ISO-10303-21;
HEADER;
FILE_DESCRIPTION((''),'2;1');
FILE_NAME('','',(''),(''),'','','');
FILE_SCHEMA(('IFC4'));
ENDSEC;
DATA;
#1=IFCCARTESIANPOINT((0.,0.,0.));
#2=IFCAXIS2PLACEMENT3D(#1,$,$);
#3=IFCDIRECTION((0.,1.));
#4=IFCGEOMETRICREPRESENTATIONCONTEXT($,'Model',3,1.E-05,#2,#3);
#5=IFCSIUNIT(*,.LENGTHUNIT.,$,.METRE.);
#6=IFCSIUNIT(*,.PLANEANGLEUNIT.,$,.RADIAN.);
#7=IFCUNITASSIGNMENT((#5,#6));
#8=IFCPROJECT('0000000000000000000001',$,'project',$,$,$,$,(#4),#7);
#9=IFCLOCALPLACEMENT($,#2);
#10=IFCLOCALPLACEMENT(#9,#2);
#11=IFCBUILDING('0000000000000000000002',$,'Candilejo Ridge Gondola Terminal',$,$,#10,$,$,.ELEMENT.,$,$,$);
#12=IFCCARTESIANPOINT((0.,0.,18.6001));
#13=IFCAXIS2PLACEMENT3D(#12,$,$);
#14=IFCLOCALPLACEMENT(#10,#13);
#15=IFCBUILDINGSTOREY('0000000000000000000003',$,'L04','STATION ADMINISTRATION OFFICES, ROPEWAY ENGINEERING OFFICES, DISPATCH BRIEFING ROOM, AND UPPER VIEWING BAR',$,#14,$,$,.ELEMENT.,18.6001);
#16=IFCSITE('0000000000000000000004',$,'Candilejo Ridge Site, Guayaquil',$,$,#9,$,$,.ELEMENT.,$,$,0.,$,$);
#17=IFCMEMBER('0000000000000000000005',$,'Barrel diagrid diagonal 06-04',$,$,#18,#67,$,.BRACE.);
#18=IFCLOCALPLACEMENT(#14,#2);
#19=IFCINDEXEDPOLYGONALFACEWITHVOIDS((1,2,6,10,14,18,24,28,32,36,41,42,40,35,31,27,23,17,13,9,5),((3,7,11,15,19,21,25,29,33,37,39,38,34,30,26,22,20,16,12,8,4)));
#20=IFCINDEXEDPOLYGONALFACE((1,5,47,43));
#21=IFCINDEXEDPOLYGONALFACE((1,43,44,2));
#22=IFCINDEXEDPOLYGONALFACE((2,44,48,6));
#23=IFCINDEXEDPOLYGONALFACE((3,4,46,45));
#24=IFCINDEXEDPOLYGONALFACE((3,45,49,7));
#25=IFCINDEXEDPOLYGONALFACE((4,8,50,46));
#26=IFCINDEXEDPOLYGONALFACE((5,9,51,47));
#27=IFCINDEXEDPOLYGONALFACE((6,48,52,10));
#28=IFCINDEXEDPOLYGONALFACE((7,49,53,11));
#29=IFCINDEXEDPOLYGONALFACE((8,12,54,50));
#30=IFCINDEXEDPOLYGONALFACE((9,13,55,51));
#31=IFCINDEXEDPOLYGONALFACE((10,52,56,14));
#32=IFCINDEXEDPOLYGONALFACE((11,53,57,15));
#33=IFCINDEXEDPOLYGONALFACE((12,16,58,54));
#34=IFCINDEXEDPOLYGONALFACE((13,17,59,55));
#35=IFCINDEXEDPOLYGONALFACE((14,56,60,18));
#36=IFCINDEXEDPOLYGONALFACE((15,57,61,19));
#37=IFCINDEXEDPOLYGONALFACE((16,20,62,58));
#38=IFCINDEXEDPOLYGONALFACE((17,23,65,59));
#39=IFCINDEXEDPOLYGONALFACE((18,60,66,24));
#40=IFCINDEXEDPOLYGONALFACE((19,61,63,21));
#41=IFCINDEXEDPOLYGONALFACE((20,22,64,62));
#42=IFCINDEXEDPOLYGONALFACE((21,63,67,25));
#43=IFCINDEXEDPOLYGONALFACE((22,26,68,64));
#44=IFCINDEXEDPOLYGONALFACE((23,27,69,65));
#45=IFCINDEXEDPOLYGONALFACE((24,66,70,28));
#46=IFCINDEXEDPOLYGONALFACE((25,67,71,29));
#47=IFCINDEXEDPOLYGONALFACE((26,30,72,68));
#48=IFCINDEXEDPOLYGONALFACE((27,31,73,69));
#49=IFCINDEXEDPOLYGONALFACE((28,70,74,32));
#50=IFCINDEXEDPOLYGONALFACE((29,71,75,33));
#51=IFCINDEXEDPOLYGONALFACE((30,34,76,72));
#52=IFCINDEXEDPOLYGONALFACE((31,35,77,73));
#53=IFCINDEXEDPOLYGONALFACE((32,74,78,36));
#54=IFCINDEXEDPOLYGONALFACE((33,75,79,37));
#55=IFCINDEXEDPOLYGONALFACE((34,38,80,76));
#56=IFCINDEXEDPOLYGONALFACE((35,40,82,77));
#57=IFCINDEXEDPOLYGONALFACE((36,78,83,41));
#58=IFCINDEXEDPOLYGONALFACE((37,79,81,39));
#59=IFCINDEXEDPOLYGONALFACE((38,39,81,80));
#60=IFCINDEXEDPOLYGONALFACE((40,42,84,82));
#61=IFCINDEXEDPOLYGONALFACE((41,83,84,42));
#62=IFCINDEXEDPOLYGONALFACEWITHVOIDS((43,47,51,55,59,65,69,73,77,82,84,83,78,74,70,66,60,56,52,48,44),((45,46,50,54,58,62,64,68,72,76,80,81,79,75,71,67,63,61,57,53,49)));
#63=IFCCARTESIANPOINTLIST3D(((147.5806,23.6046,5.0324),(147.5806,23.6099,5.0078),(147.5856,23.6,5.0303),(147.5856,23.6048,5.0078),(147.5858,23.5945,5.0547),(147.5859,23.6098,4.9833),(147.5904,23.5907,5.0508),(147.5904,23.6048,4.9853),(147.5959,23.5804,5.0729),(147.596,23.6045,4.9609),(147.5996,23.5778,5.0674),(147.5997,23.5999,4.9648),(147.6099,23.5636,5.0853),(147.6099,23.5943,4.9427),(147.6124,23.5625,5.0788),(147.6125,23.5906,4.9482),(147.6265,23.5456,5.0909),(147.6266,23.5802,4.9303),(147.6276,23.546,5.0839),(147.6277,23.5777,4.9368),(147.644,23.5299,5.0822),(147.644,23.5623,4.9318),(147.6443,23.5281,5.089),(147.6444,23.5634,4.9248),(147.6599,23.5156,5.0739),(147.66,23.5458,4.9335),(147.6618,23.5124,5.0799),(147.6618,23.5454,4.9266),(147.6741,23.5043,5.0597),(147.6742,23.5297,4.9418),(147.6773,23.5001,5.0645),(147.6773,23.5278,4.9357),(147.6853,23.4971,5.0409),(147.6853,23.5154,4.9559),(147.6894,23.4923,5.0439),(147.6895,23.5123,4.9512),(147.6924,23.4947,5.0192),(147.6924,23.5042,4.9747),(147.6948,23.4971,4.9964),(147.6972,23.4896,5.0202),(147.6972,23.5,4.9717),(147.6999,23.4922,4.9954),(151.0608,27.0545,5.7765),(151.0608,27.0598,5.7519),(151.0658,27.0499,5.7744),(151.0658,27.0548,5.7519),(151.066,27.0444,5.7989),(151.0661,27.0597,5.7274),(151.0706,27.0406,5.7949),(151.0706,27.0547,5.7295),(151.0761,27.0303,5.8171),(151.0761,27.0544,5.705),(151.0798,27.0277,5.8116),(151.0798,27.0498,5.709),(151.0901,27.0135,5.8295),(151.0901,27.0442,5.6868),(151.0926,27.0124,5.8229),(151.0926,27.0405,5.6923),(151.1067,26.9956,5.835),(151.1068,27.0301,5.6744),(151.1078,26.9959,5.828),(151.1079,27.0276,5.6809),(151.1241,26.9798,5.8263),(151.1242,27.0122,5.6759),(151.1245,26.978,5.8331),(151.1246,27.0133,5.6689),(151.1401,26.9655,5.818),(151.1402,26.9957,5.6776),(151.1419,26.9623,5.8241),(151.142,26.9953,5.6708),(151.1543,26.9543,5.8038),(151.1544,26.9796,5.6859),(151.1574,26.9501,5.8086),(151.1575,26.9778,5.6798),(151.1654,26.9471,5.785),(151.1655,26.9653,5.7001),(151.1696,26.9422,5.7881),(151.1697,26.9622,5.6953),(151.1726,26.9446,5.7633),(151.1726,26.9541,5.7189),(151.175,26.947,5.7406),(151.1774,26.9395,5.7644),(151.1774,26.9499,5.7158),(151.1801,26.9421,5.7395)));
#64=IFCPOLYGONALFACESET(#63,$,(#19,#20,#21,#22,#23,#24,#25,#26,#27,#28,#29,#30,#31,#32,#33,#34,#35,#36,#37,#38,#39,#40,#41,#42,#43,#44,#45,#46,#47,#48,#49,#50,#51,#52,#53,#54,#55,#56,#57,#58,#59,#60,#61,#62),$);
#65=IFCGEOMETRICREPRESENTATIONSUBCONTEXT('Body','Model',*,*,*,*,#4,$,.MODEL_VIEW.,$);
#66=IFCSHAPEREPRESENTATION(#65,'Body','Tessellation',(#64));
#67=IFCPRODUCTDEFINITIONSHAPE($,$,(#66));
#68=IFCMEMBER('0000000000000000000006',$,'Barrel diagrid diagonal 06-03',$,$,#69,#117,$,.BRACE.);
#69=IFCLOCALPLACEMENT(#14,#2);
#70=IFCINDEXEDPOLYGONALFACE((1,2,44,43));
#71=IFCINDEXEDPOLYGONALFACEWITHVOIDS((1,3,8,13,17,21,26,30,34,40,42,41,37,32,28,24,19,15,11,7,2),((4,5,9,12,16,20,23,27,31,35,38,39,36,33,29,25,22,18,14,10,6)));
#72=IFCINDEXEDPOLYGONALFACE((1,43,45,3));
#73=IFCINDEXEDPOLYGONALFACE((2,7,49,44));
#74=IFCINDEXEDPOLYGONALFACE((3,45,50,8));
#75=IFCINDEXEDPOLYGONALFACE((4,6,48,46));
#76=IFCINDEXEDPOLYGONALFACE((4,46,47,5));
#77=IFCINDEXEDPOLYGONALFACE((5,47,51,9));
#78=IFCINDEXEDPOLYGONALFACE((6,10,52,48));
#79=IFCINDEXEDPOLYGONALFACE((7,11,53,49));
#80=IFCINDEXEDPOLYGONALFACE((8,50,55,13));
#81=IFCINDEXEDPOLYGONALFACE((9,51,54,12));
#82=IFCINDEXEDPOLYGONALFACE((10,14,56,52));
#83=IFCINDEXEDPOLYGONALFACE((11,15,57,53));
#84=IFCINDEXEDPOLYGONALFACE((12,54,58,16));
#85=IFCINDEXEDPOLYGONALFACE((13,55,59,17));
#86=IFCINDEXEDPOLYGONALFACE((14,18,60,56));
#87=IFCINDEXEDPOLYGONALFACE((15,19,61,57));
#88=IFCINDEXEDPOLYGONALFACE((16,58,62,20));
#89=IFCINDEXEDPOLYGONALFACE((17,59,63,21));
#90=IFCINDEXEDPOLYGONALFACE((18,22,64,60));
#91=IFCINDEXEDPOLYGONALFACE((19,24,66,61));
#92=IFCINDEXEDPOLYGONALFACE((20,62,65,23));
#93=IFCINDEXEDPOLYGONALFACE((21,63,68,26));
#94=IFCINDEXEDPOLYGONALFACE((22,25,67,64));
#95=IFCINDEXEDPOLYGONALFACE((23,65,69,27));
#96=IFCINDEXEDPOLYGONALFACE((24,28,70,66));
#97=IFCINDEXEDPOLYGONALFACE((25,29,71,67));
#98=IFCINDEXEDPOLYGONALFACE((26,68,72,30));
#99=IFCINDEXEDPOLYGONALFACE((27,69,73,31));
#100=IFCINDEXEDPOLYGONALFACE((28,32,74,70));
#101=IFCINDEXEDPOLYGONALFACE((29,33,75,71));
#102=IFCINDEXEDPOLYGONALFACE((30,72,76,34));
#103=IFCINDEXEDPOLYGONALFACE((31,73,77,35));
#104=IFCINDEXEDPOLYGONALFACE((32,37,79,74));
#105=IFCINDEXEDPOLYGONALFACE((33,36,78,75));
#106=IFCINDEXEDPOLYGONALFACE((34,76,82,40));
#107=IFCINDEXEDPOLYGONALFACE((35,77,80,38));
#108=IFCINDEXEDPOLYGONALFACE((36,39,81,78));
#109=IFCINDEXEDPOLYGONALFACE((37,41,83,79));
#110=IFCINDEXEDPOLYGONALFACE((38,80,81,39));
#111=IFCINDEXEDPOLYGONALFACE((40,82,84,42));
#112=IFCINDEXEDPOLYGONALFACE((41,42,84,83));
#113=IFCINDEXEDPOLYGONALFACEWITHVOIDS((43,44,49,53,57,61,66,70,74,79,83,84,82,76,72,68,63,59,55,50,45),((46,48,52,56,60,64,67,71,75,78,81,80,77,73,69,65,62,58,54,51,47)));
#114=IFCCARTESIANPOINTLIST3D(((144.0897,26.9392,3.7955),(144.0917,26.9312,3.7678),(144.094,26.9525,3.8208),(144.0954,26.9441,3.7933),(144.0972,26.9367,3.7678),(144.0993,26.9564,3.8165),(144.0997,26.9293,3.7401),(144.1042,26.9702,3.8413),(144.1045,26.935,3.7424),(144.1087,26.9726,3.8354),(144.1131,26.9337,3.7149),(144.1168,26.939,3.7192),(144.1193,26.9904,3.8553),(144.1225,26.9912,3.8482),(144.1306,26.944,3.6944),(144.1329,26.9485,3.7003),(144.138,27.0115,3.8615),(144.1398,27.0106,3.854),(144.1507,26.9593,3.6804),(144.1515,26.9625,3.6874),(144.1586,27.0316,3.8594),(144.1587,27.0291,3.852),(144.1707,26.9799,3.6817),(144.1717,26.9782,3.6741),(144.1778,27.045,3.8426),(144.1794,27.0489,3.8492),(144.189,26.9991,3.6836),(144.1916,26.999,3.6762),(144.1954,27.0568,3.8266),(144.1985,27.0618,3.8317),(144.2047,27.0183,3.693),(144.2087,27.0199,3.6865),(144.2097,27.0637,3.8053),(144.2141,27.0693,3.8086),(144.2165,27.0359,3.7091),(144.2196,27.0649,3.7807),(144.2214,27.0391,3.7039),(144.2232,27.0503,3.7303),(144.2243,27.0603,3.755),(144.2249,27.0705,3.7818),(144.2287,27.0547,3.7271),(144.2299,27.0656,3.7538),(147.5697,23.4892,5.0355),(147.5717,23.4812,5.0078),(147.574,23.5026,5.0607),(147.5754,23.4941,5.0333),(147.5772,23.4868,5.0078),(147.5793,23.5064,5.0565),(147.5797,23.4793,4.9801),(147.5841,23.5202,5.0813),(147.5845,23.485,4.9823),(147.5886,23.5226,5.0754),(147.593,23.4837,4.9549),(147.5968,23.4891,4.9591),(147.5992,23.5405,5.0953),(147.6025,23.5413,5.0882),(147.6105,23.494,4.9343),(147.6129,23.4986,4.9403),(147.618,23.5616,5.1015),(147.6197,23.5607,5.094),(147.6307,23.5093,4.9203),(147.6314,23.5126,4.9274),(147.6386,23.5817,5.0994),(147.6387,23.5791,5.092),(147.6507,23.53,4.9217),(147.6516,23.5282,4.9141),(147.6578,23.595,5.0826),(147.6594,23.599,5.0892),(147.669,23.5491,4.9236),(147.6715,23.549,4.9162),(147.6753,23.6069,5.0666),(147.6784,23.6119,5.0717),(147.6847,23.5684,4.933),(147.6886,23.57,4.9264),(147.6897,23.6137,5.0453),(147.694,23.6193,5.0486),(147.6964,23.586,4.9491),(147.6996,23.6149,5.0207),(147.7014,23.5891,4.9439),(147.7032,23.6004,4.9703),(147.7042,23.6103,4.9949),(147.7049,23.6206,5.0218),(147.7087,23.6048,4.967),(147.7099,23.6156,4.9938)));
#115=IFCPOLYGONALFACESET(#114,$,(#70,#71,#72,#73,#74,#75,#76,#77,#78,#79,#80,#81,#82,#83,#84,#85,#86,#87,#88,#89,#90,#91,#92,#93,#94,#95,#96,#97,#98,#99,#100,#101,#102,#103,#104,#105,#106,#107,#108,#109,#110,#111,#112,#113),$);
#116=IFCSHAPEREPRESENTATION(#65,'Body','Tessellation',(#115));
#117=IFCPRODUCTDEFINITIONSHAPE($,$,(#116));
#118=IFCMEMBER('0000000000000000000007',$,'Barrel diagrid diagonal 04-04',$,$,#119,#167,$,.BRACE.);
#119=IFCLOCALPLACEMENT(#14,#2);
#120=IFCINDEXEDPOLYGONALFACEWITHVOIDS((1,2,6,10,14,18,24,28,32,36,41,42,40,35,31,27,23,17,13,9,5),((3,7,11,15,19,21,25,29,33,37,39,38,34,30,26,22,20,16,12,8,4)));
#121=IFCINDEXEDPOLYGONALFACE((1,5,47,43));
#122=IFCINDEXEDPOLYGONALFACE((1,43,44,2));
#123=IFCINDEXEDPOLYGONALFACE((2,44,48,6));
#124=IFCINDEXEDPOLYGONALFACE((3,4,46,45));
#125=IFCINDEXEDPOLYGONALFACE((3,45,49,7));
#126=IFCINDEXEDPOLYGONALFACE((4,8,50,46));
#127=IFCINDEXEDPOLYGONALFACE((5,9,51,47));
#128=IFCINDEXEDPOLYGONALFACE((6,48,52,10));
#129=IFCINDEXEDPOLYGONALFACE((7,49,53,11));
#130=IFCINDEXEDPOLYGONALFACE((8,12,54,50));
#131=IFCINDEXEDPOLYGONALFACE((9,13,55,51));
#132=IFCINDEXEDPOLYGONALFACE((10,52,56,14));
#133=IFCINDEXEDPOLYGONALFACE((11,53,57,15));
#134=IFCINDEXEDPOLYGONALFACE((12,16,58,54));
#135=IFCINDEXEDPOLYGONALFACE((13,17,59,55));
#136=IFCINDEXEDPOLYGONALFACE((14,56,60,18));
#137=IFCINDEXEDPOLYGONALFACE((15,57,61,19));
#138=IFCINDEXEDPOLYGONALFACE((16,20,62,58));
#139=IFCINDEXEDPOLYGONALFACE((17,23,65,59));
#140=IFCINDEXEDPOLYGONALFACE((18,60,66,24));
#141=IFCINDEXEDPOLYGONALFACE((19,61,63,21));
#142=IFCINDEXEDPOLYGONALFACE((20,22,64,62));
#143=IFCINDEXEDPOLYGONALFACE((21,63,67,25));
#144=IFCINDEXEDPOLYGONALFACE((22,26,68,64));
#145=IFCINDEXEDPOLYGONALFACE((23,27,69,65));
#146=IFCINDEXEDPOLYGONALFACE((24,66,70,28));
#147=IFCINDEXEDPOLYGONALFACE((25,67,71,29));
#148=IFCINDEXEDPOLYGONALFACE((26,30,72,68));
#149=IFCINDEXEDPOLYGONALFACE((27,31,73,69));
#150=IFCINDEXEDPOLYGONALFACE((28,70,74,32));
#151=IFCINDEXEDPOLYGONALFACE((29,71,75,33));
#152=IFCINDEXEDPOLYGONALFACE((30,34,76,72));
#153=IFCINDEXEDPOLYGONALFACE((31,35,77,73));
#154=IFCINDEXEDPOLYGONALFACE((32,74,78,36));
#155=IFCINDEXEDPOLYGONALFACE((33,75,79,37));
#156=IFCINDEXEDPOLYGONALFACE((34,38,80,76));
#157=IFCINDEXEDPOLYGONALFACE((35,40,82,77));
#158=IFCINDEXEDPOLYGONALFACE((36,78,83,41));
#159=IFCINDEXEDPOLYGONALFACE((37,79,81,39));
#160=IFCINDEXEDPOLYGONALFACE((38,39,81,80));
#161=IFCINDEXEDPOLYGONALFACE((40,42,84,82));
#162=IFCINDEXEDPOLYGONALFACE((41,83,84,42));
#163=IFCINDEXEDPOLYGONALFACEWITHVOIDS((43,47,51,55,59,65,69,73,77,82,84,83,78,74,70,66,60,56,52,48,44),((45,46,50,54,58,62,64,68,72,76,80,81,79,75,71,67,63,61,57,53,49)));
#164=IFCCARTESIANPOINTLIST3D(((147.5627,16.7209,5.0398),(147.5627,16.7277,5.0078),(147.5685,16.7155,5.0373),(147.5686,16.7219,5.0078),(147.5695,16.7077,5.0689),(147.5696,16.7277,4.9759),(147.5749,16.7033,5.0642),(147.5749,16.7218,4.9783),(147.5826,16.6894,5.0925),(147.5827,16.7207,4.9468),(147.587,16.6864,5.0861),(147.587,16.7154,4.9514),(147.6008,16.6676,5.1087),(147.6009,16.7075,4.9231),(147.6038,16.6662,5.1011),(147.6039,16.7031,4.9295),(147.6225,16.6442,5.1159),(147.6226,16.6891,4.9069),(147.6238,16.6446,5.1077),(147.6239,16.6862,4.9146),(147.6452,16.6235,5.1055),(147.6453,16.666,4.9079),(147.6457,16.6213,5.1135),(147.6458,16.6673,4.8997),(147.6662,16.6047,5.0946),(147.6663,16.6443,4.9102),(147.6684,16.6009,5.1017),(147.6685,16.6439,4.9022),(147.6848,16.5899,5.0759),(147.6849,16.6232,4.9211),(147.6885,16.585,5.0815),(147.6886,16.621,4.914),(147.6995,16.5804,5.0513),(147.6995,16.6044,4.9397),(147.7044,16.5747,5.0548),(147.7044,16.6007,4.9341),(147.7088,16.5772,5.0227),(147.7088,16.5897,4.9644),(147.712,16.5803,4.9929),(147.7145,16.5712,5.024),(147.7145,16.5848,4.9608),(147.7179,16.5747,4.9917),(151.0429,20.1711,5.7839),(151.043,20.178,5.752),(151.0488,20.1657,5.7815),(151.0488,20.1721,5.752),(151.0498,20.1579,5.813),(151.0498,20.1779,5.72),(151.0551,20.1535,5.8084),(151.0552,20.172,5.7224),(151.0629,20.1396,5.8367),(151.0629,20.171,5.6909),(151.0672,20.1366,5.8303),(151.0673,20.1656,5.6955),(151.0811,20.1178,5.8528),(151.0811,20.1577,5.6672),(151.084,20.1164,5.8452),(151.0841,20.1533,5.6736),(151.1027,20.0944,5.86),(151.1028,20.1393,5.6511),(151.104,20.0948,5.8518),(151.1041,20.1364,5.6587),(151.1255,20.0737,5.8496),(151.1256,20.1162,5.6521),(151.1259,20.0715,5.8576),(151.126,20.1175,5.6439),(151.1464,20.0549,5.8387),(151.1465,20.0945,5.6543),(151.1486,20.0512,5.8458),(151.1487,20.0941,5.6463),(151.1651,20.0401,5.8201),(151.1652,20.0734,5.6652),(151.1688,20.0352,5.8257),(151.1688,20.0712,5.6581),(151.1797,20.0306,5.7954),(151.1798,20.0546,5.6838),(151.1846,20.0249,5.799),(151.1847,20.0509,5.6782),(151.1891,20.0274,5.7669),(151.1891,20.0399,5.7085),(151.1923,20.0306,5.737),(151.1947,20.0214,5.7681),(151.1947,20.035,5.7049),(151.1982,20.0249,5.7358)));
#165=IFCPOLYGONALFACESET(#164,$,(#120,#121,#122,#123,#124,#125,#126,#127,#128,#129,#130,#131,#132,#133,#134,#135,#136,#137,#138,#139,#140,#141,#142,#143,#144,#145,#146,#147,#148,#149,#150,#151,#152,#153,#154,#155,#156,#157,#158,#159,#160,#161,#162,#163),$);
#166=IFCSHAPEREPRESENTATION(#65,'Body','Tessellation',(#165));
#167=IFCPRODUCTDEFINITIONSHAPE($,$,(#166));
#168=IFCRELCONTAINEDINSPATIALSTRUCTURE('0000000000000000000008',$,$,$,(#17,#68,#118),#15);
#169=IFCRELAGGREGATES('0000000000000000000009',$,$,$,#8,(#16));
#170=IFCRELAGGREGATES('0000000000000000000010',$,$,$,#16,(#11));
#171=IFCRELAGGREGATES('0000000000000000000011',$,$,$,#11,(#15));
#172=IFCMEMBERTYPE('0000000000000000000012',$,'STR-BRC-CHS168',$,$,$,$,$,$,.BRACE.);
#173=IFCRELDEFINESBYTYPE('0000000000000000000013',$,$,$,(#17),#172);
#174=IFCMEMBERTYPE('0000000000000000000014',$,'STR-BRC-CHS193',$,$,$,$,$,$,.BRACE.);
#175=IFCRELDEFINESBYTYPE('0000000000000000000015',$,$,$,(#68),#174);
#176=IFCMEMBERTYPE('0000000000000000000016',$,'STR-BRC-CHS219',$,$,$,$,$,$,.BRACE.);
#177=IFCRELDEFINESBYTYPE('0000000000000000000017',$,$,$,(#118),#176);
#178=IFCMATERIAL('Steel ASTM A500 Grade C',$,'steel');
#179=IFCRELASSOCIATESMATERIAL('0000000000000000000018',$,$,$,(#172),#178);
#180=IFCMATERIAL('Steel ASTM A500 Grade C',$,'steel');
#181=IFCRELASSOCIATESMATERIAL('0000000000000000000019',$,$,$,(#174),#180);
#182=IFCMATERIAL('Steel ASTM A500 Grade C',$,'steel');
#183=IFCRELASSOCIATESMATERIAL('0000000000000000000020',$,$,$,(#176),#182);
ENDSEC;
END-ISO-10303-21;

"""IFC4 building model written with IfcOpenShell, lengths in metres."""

from ifc_helpers import new_model, si_unit, direction, frame, origin, origin_2d, place, context, subcontext, project, spatial, hollow_circle, extrude, material, material_profile, profile_set, type_object, element, save


model = new_model("IFC4")

# Units and contexts
model_context = context("Model", 3, precision=1e-05, world=origin(), true_north=direction((0.0, 1.0)))
body_context = subcontext(model_context, "Body", "Model", "MODEL_VIEW")
ifc_project = project(units=[si_unit("LENGTHUNIT", "METRE"), si_unit("PLANEANGLEUNIT", "RADIAN")], contexts=[model_context])

# Site, building, storey
site_placement = place(None, origin())
site = spatial("IfcSite", under=ifc_project, at=site_placement, Name="Candilejo Ridge Site, Guayaquil", CompositionType="ELEMENT", RefElevation=0.0)
building_placement = place(site_placement, origin())
building = spatial("IfcBuilding", under=site, at=building_placement, Name="Candilejo Ridge Gondola Terminal", CompositionType="ELEMENT")
storey_placement = place(building_placement, frame((0.0, 0.0, 18.6001)))
storey = spatial("IfcBuildingStorey", under=building, at=storey_placement, Name="L04", Description="STATION ADMINISTRATION OFFICES, ROPEWAY ENGINEERING OFFICES, DISPATCH BRIEFING ROOM, AND UPPER VIEWING BAR", CompositionType="ELEMENT", Elevation=18.6001)

# Members
ifc_material_1 = material(Name="Steel ASTM A500 Grade C", Category="steel")
ifc_material_profile_1 = material_profile(ifc_material_1, hollow_circle(Radius=0.0842, WallThickness=0.0071, at=origin_2d()))
ifc_profile_set_1 = profile_set([ifc_material_profile_1], Name="Steel ASTM A500 Grade C")
member_type_1 = type_object("IfcMemberType", Name="STR-BRC-CHS168", PredefinedType="BRACE", material=ifc_profile_set_1)
member_1_placement = place(storey_placement, frame((147.6399, 23.55, 5.0078), z_axis=(0.70214, 0.696032, 0.150131), x_axis=(-0.704011, 0.710189, 0.0)))
element("IfcMember", 1, at=member_1_placement, inside=storey, type_object=member_type_1, Name="Barrel diagrid diagonal 06-04", PredefinedType="BRACE", context=body_context, shape_type="SweptSolid", body=[
    extrude(hollow_circle(Radius=0.0842, WallThickness=0.0071, at=origin_2d()), origin(), (0.0, 0.0, 1.0), 4.9565),
])
ifc_material_2 = material(Name="Steel ASTM A500 Grade C", Category="steel")
ifc_material_profile_2 = material_profile(ifc_material_2, hollow_circle(Radius=0.0969, WallThickness=0.0078, at=origin_2d()))
ifc_profile_set_2 = profile_set([ifc_material_profile_2], Name="Steel ASTM A500 Grade C")
member_type_2 = type_object("IfcMemberType", Name="STR-BRC-CHS193", PredefinedType="BRACE", material=ifc_profile_set_2)
member_2_placement = place(storey_placement, frame((147.6399, 23.55, 5.0078), z_axis=(-0.688464, 0.682523, -0.245314), x_axis=(-0.704036, -0.710164, 0.0)))
element("IfcMember", 2, at=member_2_placement, inside=storey, type_object=member_type_2, Name="Barrel diagrid diagonal 06-03", PredefinedType="BRACE", context=body_context, shape_type="SweptSolid", body=[
    extrude(hollow_circle(Radius=0.0969, WallThickness=0.0078, at=origin_2d()), origin(), (0.0, 0.0, 1.0), 5.0547),
])
ifc_material_3 = material(Name="Steel ASTM A500 Grade C", Category="steel")
ifc_material_profile_3 = material_profile(ifc_material_3, hollow_circle(Radius=0.1096, WallThickness=0.0083, at=origin_2d()))
ifc_profile_set_3 = profile_set([ifc_material_profile_3], Name="Steel ASTM A500 Grade C")
member_type_3 = type_object("IfcMemberType", Name="STR-BRC-CHS219", PredefinedType="BRACE", material=ifc_profile_set_3)
member_3_placement = place(storey_placement, frame((147.6399, 16.6499, 5.0078), z_axis=(0.702116, 0.696057, 0.150126), x_axis=(-0.704036, 0.710164, 0.0)))
element("IfcMember", 3, at=member_3_placement, inside=storey, type_object=member_type_3, Name="Barrel diagrid diagonal 04-04", PredefinedType="BRACE", context=body_context, shape_type="SweptSolid", body=[
    extrude(hollow_circle(Radius=0.1096, WallThickness=0.0083, at=origin_2d()), origin(), (0.0, 0.0, 1.0), 4.9568),
])

save(model, "model.ifc")
